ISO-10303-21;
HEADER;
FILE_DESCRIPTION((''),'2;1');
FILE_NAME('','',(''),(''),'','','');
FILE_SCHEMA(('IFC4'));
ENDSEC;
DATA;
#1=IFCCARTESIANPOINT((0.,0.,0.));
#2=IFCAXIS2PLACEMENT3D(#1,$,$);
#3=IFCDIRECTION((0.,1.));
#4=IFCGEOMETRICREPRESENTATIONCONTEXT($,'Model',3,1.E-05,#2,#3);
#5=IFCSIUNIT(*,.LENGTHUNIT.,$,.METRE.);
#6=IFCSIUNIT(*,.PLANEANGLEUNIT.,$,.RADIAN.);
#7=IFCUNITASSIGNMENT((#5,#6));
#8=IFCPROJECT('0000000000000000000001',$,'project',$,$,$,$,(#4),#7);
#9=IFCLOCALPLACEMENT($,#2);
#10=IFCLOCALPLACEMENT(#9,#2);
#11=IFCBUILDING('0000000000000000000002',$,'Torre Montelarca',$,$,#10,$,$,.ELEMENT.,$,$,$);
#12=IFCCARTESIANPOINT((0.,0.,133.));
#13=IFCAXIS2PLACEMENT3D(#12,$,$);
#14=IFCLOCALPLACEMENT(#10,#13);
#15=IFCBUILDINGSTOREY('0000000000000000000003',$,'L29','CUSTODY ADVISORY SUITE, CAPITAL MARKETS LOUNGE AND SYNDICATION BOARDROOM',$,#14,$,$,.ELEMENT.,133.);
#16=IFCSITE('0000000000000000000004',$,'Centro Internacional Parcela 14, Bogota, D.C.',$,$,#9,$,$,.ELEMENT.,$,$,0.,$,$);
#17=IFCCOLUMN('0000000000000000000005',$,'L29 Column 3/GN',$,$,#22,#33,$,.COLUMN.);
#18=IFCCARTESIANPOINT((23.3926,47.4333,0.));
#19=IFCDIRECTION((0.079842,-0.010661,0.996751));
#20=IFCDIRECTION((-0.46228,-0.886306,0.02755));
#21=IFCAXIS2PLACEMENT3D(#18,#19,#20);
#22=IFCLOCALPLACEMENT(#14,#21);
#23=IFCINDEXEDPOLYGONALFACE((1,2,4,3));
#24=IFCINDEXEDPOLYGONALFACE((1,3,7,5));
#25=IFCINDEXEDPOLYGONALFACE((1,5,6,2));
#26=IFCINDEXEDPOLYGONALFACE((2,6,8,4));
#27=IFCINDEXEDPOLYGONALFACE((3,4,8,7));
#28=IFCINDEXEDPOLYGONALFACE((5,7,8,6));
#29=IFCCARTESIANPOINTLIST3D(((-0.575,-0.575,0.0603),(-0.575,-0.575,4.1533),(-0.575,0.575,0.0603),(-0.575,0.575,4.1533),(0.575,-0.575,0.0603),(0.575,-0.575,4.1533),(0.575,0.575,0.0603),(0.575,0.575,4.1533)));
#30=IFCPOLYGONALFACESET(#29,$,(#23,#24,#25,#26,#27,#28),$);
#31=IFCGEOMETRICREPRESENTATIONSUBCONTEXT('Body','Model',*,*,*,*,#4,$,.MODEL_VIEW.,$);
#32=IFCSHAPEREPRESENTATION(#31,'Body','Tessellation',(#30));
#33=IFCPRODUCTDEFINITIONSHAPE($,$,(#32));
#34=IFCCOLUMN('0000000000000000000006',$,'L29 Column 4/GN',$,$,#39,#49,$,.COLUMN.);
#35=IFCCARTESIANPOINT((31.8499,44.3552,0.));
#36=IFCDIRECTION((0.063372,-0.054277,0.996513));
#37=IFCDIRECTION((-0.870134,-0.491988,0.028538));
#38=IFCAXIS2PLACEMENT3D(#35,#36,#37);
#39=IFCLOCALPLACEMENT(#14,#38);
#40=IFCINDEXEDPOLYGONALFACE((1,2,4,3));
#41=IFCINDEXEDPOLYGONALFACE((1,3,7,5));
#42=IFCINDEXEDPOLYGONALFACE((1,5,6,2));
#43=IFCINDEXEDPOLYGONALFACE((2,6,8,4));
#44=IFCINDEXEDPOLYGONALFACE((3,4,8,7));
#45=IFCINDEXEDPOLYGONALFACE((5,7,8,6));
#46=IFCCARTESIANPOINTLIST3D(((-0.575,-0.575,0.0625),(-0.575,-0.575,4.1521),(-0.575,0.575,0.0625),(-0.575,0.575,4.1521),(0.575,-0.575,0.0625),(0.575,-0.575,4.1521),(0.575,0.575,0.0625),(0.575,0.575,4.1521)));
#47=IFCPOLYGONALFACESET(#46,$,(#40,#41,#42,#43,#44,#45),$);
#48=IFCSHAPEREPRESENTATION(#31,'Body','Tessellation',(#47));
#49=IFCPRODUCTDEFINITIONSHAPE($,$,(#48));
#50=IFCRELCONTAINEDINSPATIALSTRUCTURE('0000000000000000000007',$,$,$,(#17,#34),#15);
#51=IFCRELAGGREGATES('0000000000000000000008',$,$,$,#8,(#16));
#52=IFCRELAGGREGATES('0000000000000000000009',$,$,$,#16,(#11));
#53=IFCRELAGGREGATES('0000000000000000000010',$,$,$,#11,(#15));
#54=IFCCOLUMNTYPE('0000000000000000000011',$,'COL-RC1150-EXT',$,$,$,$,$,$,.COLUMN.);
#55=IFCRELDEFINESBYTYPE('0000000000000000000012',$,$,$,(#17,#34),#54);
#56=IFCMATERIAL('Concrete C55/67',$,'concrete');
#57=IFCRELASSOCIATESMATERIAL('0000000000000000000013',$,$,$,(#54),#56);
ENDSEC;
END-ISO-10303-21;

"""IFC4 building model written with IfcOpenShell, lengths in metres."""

from ifc_helpers import new_model, si_unit, direction, frame, origin, origin_2d, place, context, subcontext, project, spatial, rectangle, extrude, clip, halfspace, material, material_profile, profile_set, type_object, element, save


model = new_model("IFC4")

# Units and contexts
model_context = context("Model", 3, precision=1e-05, world=origin(), true_north=direction((0.0, 1.0)))
body_context = subcontext(model_context, "Body", "Model", "MODEL_VIEW")
ifc_project = project(units=[si_unit("LENGTHUNIT", "METRE"), si_unit("PLANEANGLEUNIT", "RADIAN")], contexts=[model_context])

# Site, building, storey
site_placement = place(None, origin())
site = spatial("IfcSite", under=ifc_project, at=site_placement, Name="Centro Internacional Parcela 14, Bogota, D.C.", CompositionType="ELEMENT", RefElevation=0.0)
building_placement = place(site_placement, origin())
building = spatial("IfcBuilding", under=site, at=building_placement, Name="Torre Montelarca", CompositionType="ELEMENT")
storey_placement = place(building_placement, frame((0.0, 0.0, 133.0)))
storey = spatial("IfcBuildingStorey", under=building, at=storey_placement, Name="L29", Description="CUSTODY ADVISORY SUITE, CAPITAL MARKETS LOUNGE AND SYNDICATION BOARDROOM", CompositionType="ELEMENT", Elevation=133.0)

# Columns
ifc_material_1 = material(Name="Concrete C55/67", Category="concrete")
ifc_material_profile_1 = material_profile(ifc_material_1, rectangle(XDim=1.1499, YDim=1.1499, at=origin_2d()), Name="RC1150X1150", Category="concrete")
ifc_profile_set_1 = profile_set([ifc_material_profile_1], Name="Concrete C55/67")
column_type_1 = type_object("IfcColumnType", Name="COL-RC1150-EXT", PredefinedType="COLUMN", material=ifc_profile_set_1)
column_1_placement = place(storey_placement, frame((23.3926, 47.4333, 0.0), z_axis=(0.079842, -0.010661, 0.996751), x_axis=(-0.46228, -0.886306, 0.02755)))
element("IfcColumn", 1, at=column_1_placement, inside=storey, type_object=column_type_1, Name="L29 Column 3/GN", PredefinedType="COLUMN", context=body_context, shape_type="Clipping", body=[
    clip(clip(extrude(rectangle(XDim=1.1499, YDim=1.1499, at=origin_2d()), origin(), (0.0, 0.0, 1.0), 4.2136), halfspace(frame((0.0, 0.0, 0.0603), z_axis=(0.0, 0.0, -1.0), x_axis=(1.0, 0.0, 0.0)), False)), halfspace(frame((0.0, 0.0, 4.1533), z_axis=(0.0, 0.0, 1.0), x_axis=(1.0, 0.0, 0.0)), False)),
])
column_2_placement = place(storey_placement, frame((31.8499, 44.3552, 0.0), z_axis=(0.063372, -0.054277, 0.996513), x_axis=(-0.870134, -0.491988, 0.028538)))
element("IfcColumn", 2, at=column_2_placement, inside=storey, type_object=column_type_1, Name="L29 Column 4/GN", PredefinedType="COLUMN", context=body_context, shape_type="Clipping", body=[
    clip(clip(extrude(rectangle(XDim=1.1499, YDim=1.1499, at=origin_2d()), origin(), (0.0, 0.0, 1.0), 4.2146), halfspace(frame((0.0, 0.0, 0.0625), z_axis=(0.0, 0.0, -1.0), x_axis=(1.0, 0.0, 0.0)), False)), halfspace(frame((0.0, 0.0, 4.1521), z_axis=(0.0, 0.0, 1.0), x_axis=(1.0, 0.0, 0.0)), False)),
])

save(model, "model.ifc")
